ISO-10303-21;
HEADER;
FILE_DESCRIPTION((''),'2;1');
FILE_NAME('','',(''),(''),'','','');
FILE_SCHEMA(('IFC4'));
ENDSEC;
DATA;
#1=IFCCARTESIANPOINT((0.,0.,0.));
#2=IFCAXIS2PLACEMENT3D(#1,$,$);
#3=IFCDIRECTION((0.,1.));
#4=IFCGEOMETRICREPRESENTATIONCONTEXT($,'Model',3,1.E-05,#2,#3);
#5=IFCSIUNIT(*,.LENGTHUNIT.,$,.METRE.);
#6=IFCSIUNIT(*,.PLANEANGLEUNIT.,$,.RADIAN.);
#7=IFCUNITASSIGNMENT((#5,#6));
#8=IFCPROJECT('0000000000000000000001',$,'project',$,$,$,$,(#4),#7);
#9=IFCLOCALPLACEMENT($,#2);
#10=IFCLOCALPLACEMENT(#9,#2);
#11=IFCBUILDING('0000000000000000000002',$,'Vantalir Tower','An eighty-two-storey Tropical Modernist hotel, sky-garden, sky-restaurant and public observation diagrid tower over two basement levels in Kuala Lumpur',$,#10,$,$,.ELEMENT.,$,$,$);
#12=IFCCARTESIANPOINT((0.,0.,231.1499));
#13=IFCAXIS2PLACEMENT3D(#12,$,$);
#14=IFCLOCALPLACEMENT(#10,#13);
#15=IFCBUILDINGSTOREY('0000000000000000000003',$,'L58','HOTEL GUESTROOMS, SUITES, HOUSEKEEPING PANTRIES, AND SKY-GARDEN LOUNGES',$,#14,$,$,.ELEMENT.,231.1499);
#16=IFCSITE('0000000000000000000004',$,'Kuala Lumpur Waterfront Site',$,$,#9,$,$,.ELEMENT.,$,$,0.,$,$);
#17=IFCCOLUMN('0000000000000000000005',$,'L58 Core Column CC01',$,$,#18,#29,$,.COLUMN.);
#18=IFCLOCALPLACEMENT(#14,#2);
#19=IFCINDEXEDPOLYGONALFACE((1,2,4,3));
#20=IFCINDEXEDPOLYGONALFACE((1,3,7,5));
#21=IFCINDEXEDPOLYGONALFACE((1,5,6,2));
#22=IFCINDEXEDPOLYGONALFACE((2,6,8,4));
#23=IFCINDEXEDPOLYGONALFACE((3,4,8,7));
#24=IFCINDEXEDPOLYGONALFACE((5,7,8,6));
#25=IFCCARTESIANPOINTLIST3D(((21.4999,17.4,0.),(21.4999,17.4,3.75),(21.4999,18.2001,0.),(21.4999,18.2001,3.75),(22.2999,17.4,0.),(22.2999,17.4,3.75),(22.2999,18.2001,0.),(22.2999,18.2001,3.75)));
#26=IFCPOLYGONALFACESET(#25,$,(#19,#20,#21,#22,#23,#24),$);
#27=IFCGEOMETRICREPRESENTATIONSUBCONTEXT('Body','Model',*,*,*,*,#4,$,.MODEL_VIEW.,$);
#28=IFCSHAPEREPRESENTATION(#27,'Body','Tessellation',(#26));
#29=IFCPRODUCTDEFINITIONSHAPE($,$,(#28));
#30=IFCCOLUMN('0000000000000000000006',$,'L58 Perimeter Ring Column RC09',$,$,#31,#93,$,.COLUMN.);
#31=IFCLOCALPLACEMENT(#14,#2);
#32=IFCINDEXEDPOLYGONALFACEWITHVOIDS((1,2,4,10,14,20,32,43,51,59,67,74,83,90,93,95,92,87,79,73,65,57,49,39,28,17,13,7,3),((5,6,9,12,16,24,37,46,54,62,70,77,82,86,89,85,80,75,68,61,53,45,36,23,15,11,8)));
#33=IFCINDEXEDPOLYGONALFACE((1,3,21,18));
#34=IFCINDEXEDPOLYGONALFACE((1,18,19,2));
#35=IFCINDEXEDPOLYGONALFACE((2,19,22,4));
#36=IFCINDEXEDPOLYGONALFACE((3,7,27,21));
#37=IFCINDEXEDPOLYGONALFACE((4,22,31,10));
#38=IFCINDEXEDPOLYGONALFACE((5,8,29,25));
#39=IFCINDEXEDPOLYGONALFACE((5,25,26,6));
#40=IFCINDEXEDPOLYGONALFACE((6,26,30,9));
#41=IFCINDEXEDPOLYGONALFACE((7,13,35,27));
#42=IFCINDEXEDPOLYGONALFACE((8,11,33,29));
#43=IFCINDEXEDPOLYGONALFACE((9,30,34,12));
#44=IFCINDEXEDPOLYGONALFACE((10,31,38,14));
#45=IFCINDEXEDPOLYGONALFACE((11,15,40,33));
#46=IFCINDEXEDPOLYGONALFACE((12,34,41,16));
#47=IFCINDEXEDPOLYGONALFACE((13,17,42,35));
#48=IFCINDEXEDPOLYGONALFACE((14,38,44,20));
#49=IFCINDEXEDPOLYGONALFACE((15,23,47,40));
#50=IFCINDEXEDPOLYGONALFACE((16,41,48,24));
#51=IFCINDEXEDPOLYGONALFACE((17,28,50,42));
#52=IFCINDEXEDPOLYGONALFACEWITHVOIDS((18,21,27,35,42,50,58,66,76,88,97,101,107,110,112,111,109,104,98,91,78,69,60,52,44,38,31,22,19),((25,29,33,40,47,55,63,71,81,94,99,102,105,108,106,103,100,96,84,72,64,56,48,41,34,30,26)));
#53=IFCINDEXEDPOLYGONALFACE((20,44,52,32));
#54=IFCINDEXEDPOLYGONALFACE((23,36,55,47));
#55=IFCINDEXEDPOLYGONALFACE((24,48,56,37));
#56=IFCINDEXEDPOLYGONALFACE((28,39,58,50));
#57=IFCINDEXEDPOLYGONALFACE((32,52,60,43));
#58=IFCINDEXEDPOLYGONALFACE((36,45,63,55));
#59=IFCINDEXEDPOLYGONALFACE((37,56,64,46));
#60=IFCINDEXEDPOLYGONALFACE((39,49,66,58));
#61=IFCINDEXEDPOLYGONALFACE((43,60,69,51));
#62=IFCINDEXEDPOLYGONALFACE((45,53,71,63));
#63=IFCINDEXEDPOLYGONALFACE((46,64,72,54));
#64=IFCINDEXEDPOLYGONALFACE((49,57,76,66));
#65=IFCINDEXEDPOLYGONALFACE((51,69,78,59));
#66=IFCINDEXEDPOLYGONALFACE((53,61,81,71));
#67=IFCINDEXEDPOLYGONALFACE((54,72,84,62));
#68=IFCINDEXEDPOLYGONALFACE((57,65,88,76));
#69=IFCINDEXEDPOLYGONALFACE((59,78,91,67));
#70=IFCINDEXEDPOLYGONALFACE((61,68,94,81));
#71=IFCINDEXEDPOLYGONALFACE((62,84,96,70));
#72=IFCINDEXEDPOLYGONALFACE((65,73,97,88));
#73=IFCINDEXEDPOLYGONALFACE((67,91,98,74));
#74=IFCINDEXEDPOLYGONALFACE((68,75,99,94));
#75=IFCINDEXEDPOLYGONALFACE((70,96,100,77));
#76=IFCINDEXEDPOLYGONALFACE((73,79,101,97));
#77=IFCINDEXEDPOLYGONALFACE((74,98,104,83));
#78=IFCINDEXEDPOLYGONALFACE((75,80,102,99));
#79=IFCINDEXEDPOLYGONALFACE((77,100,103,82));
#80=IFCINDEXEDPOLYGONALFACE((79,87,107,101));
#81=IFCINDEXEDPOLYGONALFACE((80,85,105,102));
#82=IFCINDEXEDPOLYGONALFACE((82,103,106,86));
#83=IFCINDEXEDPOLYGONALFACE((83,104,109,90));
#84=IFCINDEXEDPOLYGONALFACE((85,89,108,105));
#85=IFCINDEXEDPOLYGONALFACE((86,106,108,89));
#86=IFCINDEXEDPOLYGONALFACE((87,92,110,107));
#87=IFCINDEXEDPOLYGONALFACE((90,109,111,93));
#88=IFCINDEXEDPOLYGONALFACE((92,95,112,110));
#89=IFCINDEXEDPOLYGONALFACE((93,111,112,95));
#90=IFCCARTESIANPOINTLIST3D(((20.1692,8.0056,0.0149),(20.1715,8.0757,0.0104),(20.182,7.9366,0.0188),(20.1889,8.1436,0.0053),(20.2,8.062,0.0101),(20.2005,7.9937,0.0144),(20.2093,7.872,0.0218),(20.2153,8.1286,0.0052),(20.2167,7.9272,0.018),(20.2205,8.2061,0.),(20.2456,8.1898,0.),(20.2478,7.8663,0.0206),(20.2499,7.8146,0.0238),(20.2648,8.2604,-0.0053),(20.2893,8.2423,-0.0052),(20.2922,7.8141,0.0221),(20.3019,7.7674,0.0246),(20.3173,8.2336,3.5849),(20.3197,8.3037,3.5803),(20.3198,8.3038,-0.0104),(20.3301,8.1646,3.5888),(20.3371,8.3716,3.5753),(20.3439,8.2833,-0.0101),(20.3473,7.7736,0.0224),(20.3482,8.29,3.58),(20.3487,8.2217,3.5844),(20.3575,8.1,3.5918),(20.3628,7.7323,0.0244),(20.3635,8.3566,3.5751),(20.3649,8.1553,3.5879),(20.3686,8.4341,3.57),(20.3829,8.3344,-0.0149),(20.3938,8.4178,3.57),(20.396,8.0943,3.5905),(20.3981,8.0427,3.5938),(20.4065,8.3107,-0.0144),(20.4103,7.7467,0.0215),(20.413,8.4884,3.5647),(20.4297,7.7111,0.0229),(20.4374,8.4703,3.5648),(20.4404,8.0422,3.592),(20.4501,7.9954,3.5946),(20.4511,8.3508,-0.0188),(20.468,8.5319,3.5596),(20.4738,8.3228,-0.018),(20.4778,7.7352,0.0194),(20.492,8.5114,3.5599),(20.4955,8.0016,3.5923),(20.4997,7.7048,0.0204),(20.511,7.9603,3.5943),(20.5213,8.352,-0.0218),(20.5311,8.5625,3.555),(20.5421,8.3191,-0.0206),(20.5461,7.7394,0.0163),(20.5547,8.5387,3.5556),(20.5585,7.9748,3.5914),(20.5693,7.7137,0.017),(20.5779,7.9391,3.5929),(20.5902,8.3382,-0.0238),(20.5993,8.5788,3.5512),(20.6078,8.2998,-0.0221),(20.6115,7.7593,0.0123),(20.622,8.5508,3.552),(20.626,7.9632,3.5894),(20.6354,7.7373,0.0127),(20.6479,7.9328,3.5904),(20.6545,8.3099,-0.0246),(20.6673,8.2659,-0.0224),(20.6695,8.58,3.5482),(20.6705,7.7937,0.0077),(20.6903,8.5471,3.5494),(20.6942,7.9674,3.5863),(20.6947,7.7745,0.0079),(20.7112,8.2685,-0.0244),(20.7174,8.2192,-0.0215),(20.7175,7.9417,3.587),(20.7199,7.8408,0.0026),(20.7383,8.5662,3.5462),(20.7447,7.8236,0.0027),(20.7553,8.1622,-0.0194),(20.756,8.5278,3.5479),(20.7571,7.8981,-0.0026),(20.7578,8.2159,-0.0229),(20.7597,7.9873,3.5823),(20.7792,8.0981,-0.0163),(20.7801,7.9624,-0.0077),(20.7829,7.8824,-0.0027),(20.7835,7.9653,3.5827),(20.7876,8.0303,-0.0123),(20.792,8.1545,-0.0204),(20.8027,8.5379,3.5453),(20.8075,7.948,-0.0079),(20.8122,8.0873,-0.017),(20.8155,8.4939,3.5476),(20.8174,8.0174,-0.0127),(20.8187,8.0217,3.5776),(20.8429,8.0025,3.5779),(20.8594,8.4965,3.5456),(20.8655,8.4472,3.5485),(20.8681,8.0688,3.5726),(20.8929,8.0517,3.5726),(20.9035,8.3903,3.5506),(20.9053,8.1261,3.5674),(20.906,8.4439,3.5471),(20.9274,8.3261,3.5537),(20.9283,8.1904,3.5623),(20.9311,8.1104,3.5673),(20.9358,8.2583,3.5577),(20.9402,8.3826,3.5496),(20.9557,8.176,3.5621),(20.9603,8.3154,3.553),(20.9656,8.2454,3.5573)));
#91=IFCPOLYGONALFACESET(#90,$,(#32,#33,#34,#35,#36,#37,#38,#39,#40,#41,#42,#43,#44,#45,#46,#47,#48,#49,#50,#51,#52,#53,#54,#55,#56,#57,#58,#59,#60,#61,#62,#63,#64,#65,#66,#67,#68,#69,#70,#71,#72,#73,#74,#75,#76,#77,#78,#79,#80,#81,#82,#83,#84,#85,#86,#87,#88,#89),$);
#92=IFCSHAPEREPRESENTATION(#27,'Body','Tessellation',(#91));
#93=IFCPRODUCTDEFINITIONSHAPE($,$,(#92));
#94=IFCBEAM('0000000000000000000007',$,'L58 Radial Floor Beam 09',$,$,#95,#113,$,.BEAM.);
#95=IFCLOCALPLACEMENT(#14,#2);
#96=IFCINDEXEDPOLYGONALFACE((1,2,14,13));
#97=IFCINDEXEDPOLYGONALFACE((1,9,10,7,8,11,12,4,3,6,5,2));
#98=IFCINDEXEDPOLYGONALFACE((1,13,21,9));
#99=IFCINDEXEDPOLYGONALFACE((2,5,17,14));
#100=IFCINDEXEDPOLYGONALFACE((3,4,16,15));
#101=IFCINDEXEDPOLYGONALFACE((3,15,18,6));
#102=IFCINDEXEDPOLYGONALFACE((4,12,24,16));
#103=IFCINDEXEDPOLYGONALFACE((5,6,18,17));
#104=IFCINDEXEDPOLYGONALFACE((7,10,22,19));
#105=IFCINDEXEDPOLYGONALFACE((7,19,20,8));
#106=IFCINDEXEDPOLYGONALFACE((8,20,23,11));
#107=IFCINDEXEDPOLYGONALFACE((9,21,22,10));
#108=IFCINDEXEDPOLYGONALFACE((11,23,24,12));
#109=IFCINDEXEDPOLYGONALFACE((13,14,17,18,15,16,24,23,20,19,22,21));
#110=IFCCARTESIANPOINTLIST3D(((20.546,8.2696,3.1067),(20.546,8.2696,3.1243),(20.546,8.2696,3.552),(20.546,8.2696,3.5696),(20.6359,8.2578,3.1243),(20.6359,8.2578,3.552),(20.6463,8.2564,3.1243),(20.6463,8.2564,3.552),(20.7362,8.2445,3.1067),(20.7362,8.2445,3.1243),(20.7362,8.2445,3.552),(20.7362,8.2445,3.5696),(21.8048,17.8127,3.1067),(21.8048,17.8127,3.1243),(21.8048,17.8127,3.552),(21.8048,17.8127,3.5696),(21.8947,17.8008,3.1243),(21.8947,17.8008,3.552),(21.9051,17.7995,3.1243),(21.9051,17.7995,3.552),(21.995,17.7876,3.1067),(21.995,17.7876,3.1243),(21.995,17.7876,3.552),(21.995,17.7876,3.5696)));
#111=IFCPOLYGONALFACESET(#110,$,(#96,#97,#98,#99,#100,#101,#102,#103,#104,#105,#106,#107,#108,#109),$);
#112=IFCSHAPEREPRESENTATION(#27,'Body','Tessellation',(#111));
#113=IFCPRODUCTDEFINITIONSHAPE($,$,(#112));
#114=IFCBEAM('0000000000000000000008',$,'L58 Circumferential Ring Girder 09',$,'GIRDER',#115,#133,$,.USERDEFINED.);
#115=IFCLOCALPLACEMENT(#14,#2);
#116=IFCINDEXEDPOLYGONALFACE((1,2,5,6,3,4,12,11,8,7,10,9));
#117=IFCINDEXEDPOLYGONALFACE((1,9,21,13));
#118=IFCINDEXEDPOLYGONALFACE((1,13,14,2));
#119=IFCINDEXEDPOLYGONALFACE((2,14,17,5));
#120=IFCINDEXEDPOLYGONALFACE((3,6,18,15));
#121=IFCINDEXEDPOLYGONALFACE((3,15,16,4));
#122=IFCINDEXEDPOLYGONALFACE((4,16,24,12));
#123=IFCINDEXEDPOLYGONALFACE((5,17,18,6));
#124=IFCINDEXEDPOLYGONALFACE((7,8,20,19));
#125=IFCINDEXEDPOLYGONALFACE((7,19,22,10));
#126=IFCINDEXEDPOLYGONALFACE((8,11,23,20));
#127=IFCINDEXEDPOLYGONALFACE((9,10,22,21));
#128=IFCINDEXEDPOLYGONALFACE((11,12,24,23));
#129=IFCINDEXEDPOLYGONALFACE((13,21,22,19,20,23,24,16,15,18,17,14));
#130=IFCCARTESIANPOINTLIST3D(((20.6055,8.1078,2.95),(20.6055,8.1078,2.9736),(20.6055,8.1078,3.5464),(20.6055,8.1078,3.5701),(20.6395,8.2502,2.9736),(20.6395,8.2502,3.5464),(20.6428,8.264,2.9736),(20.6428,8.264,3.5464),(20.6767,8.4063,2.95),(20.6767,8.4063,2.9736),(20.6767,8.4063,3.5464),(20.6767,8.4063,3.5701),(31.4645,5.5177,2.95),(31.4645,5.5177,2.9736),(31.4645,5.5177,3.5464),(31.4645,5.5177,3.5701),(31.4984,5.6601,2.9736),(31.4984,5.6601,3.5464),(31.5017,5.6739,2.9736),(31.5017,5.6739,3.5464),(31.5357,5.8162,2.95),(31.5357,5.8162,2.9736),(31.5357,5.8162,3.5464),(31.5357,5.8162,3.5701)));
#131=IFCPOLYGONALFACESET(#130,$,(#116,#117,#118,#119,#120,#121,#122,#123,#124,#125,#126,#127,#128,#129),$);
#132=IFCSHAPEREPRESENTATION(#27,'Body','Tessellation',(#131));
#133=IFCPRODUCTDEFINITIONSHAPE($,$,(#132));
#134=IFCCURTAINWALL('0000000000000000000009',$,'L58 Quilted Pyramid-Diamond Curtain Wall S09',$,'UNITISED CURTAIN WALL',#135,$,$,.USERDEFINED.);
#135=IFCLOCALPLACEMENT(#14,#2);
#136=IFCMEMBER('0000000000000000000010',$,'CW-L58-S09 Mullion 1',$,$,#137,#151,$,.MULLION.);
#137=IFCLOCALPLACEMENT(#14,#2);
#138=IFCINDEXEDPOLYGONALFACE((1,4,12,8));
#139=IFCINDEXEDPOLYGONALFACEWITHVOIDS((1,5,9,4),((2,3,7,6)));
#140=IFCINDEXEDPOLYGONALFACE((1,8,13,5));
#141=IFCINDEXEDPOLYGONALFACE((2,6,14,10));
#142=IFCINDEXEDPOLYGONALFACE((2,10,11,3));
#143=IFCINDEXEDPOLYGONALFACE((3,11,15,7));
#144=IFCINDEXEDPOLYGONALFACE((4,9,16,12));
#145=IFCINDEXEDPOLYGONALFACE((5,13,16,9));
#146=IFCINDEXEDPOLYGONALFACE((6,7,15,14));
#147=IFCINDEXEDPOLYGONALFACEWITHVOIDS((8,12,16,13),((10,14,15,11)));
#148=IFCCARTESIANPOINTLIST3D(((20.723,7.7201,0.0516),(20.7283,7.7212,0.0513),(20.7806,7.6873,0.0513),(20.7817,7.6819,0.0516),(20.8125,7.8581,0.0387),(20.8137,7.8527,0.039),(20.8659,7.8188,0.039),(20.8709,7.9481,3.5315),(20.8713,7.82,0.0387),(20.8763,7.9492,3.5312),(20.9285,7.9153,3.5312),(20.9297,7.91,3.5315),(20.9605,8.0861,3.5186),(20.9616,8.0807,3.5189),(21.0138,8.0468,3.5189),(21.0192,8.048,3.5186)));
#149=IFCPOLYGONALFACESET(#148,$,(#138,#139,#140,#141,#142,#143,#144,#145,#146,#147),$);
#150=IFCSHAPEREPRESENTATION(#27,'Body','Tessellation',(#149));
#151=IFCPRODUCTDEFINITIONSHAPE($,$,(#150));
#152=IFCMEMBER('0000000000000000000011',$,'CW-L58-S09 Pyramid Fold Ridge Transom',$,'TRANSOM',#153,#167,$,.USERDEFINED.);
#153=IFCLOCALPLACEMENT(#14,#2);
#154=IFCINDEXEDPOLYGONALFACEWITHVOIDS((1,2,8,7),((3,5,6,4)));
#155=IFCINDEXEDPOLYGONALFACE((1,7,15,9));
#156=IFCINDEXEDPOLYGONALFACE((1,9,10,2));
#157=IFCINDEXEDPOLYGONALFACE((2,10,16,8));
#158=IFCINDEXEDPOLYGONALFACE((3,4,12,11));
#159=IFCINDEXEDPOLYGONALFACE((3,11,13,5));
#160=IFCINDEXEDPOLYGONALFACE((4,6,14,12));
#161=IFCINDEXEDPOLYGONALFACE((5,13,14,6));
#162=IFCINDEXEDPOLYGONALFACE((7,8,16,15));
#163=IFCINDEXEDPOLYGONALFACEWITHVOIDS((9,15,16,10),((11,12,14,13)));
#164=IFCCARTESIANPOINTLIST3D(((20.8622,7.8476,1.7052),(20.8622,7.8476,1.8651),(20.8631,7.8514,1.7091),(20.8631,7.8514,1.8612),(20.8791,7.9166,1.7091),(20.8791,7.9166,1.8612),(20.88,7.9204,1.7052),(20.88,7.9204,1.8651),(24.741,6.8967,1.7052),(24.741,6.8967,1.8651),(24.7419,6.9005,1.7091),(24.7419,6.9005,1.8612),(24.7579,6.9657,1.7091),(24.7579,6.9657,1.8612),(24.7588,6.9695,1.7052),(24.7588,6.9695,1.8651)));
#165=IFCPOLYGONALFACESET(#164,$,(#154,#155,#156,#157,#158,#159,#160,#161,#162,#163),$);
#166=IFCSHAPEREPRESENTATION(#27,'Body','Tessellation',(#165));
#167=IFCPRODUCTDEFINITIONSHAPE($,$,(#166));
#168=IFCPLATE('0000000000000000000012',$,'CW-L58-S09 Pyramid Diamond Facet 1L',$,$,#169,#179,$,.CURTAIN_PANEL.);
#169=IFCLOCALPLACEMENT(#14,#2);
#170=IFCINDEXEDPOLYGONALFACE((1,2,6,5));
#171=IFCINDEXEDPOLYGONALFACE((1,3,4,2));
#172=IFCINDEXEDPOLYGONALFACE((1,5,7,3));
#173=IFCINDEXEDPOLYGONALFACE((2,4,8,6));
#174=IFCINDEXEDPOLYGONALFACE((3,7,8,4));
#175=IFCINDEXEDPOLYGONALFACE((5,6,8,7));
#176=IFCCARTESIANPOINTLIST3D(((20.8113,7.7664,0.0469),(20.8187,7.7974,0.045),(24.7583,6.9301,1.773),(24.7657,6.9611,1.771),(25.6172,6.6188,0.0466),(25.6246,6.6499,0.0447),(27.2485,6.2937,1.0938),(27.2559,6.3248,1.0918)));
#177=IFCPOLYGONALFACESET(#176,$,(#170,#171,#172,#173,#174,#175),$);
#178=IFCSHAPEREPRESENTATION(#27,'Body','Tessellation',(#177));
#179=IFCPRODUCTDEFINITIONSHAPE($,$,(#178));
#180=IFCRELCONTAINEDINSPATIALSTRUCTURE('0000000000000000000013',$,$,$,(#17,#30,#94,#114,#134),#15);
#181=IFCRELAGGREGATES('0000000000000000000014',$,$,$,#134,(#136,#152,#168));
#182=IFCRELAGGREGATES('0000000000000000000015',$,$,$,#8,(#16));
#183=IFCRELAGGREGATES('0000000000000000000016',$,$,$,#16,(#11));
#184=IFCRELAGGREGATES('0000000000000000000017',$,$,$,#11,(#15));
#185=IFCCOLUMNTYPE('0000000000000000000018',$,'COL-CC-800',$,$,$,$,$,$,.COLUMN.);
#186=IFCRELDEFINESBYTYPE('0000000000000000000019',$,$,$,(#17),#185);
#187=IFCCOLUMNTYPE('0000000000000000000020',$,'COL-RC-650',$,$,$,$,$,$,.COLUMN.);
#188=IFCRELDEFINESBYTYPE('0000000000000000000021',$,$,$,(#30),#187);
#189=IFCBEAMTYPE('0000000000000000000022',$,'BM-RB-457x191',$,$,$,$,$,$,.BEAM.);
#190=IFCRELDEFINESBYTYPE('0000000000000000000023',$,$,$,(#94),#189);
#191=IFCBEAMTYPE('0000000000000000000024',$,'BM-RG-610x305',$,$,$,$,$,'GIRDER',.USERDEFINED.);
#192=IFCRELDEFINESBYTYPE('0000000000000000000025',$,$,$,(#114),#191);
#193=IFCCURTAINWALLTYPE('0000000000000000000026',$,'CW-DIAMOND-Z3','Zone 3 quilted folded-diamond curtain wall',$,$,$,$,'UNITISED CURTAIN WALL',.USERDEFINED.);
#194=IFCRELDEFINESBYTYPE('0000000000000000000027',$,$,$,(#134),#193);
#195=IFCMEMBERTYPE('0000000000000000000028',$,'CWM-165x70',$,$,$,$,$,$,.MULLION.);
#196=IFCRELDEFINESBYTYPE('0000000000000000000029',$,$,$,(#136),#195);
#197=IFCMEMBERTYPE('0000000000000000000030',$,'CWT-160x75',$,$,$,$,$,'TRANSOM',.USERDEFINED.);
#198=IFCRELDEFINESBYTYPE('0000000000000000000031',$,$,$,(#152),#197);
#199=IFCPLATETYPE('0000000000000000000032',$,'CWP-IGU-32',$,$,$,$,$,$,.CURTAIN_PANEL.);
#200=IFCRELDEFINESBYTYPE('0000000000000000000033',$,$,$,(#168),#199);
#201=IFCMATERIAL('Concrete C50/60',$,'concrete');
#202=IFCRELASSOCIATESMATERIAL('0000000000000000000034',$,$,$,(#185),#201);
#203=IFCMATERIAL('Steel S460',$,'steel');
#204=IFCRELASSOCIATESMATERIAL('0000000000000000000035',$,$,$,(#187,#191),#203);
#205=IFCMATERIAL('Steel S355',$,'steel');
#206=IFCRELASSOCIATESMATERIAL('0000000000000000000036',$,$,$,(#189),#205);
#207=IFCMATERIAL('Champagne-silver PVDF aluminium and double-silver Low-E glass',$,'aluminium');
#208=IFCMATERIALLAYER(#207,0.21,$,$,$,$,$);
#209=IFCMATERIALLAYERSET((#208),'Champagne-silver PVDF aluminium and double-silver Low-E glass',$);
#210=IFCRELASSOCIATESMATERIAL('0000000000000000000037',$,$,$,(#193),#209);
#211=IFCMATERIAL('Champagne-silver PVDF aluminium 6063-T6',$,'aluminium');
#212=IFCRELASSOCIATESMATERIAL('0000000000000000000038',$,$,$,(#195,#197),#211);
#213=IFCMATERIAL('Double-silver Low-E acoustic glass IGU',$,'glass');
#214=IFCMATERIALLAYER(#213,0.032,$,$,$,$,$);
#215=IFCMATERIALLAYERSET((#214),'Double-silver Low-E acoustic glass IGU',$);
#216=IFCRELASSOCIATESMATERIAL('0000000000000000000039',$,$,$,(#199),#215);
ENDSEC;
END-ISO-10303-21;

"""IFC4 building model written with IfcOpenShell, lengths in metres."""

from ifc_helpers import new_model, si_unit, direction, frame, origin, origin_2d, place, context, subcontext, project, spatial, polyline, rectangle, hollow_rectangle, hollow_circle, i_section, outline, extrude, material, layer, layer_set, material_profile, profile_set, type_object, element, aggregate, save


model = new_model("IFC4")

# Units and contexts
model_context = context("Model", 3, precision=1e-05, world=origin(), true_north=direction((0.0, 1.0)))
body_context = subcontext(model_context, "Body", "Model", "MODEL_VIEW")
ifc_project = project(units=[si_unit("LENGTHUNIT", "METRE"), si_unit("PLANEANGLEUNIT", "RADIAN")], contexts=[model_context])

# Site, building, storey
site_placement = place(None, origin())
site = spatial("IfcSite", under=ifc_project, at=site_placement, Name="Kuala Lumpur Waterfront Site", CompositionType="ELEMENT", RefElevation=0.0)
building_placement = place(site_placement, origin())
building = spatial("IfcBuilding", under=site, at=building_placement, Name="Vantalir Tower", Description="An eighty-two-storey Tropical Modernist hotel, sky-garden, sky-restaurant and public observation diagrid tower over two basement levels in Kuala Lumpur", CompositionType="ELEMENT")
storey_placement = place(building_placement, frame((0.0, 0.0, 231.1499)))
storey = spatial("IfcBuildingStorey", under=building, at=storey_placement, Name="L58", Description="HOTEL GUESTROOMS, SUITES, HOUSEKEEPING PANTRIES, AND SKY-GARDEN LOUNGES", CompositionType="ELEMENT", Elevation=231.1499)

# Columns
ifc_material_1 = material(Name="Concrete C50/60", Category="concrete")
ifc_material_profile_1 = material_profile(ifc_material_1, rectangle(XDim=0.8, YDim=0.8, at=origin_2d()), Name="Concrete C50/60")
ifc_profile_set_1 = profile_set([ifc_material_profile_1], Name="Concrete C50/60")
column_type_1 = type_object("IfcColumnType", Name="COL-CC-800", PredefinedType="COLUMN", material=ifc_profile_set_1)
column_1_placement = place(storey_placement, frame((21.8999, 17.8, 0.0), z_axis=(0.0, 0.0, 1.0), x_axis=(1.0, 0.0, 0.0)))
element("IfcColumn", 1, at=column_1_placement, inside=storey, type_object=column_type_1, Name="L58 Core Column CC01", PredefinedType="COLUMN", context=body_context, shape_type="SweptSolid", body=[
    extrude(rectangle(XDim=0.8, YDim=0.8, at=origin_2d()), origin(), (0.0, 0.0, 1.0), 3.75),
])
ifc_material_2 = material(Name="Steel S460", Category="steel")
ifc_material_profile_2 = material_profile(ifc_material_2, hollow_circle(Radius=0.325, WallThickness=0.03, at=origin_2d()), Name="Steel S460")
ifc_profile_set_2 = profile_set([ifc_material_profile_2], Name="Steel S460")
column_type_2 = type_object("IfcColumnType", Name="COL-RC-650", PredefinedType="COLUMN", material=ifc_profile_set_2)
column_2_placement = place(storey_placement, frame((20.4929, 8.0291, 0.0), z_axis=(0.04139, 0.063687, 0.997111), x_axis=(-0.838485, 0.544925, 0.0)))
element("IfcColumn", 2, at=column_2_placement, inside=storey, type_object=column_type_2, Name="L58 Perimeter Ring Column RC09", PredefinedType="COLUMN", context=body_context, shape_type="SweptSolid", body=[
    extrude(hollow_circle(Radius=0.325, WallThickness=0.03, at=origin_2d()), origin(), (0.0, 0.0, 1.0), 3.5803),
])

# Beams
ifc_material_3 = material(Name="Steel S355", Category="steel")
ifc_material_profile_3 = material_profile(ifc_material_3, i_section(OverallWidth=0.1919, OverallDepth=0.4629, WebThickness=0.0105, FlangeThickness=0.0176, at=origin_2d()), Name="Steel S355")
ifc_profile_set_3 = profile_set([ifc_material_profile_3], Name="Steel S355")
beam_type_1 = type_object("IfcBeamType", Name="BM-RB-457x191", PredefinedType="BEAM", material=ifc_profile_set_3)
beam_1_placement = place(storey_placement, frame((20.6411, 8.2571, 3.3381), z_axis=(0.130775, 0.991412, 0.0), x_axis=(-0.991412, 0.130775, 0.0)))
element("IfcBeam", 3, at=beam_1_placement, inside=storey, type_object=beam_type_1, Name="L58 Radial Floor Beam 09", PredefinedType="BEAM", context=body_context, shape_type="SweptSolid", body=[
    extrude(i_section(OverallWidth=0.1919, OverallDepth=0.4629, WebThickness=0.0105, FlangeThickness=0.0176, at=origin_2d()), origin(), (0.0, 0.0, 1.0), 9.6257),
])
ifc_material_profile_4 = material_profile(ifc_material_2, i_section(OverallWidth=0.3069, OverallDepth=0.6201, WebThickness=0.0142, FlangeThickness=0.0237, at=origin_2d()), Name="Steel S460")
ifc_profile_set_4 = profile_set([ifc_material_profile_4], Name="Steel S460")
beam_type_2 = type_object("IfcBeamType", Name="BM-RG-610x305", ElementType="GIRDER", PredefinedType="USERDEFINED", material=ifc_profile_set_4)
beam_2_placement = place(storey_placement, frame((20.6411, 8.2571, 3.26), z_axis=(0.972713, -0.232014, 0.0), x_axis=(0.232014, 0.972713, 0.0)))
element("IfcBeam", 4, at=beam_2_placement, inside=storey, type_object=beam_type_2, Name="L58 Circumferential Ring Girder 09", ObjectType="GIRDER", PredefinedType="USERDEFINED", context=body_context, shape_type="SweptSolid", body=[
    extrude(i_section(OverallWidth=0.3069, OverallDepth=0.6201, WebThickness=0.0142, FlangeThickness=0.0237, at=origin_2d()), origin(), (0.0, 0.0, 1.0), 11.1636),
])

# Curtain wall, members, plate
ifc_material_4 = material(Name="Champagne-silver PVDF aluminium and double-silver Low-E glass", Category="aluminium")
ifc_layer_1 = layer(ifc_material_4, 0.21)
ifc_layer_set_1 = layer_set([ifc_layer_1], Name="Champagne-silver PVDF aluminium and double-silver Low-E glass")
curtain_wall_type = type_object("IfcCurtainWallType", Name="CW-DIAMOND-Z3", Description="Zone 3 quilted folded-diamond curtain wall", ElementType="UNITISED CURTAIN WALL", PredefinedType="USERDEFINED", material=ifc_layer_set_1)
curtain_wall_placement = place(storey_placement, origin())
curtain_wall = element("IfcCurtainWall", 5, at=curtain_wall_placement, inside=storey, type_object=curtain_wall_type, Name="L58 Quilted Pyramid-Diamond Curtain Wall S09", ObjectType="UNITISED CURTAIN WALL", PredefinedType="USERDEFINED")
ifc_material_5 = material(Name="Champagne-silver PVDF aluminium 6063-T6", Category="aluminium")
ifc_material_profile_5 = material_profile(ifc_material_5, hollow_rectangle(XDim=0.0701, YDim=0.165, WallThickness=0.0039, at=origin_2d()), Name="Champagne-silver PVDF aluminium 6063-T6")
ifc_profile_set_5 = profile_set([ifc_material_profile_5], Name="Champagne-silver PVDF aluminium 6063-T6")
member_type_1 = type_object("IfcMemberType", Name="CWM-165x70", PredefinedType="MULLION", material=ifc_profile_set_5)
member_1_placement = place(storey_placement, frame((20.7971, 7.77, 0.0452), z_axis=(0.042385, 0.065326, 0.996963), x_axis=(-0.838895, 0.544294, 0.0)))
member_1 = element("IfcMember", 6, at=member_1_placement, type_object=member_type_1, Name="CW-L58-S09 Mullion 1", PredefinedType="MULLION", context=body_context, shape_type="SweptSolid", body=[
    extrude(hollow_rectangle(XDim=0.0701, YDim=0.165, WallThickness=0.0039, at=origin_2d()), origin(), (0.0, 0.0, 1.0), 3.4905),
])
ifc_material_profile_6 = material_profile(ifc_material_5, hollow_rectangle(XDim=0.075, YDim=0.1599, WallThickness=0.0039, at=origin_2d()), Name="Champagne-silver PVDF aluminium 6063-T6")
ifc_profile_set_6 = profile_set([ifc_material_profile_6], Name="Champagne-silver PVDF aluminium 6063-T6")
member_type_2 = type_object("IfcMemberType", Name="CWT-160x75", ElementType="TRANSOM", PredefinedType="USERDEFINED", material=ifc_profile_set_6)
member_2_placement = place(storey_placement, frame((20.8711, 7.884, 1.7852), z_axis=(0.97124, -0.238103, 0.0), x_axis=(0.238103, 0.97124, 0.0)))
member_2 = element("IfcMember", 7, at=member_2_placement, type_object=member_type_2, Name="CW-L58-S09 Pyramid Fold Ridge Transom", ObjectType="TRANSOM", PredefinedType="USERDEFINED", context=body_context, shape_type="SweptSolid", body=[
    extrude(hollow_rectangle(XDim=0.075, YDim=0.1599, WallThickness=0.0039, at=origin_2d()), origin(), (0.0, 0.0, 1.0), 3.9937),
])
ifc_material_6 = material(Name="Double-silver Low-E acoustic glass IGU", Category="glass")
ifc_layer_2 = layer(ifc_material_6, 0.032)
ifc_layer_set_2 = layer_set([ifc_layer_2], Name="Double-silver Low-E acoustic glass IGU")
plate_type = type_object("IfcPlateType", Name="CWP-IGU-32", PredefinedType="CURTAIN_PANEL", material=ifc_layer_set_2)
plate_1_placement = place(storey_placement, frame((20.8113, 7.7664, 0.0469), z_axis=(-0.231832, -0.97092, 0.059728), x_axis=(0.972656, -0.232249, -0.000048)))
plate_1 = element("IfcPlate", 8, at=plate_1_placement, type_object=plate_type, Name="CW-L58-S09 Pyramid Diamond Facet 1L", PredefinedType="CURTAIN_PANEL", context=body_context, shape_type="SweptSolid", body=[
    extrude(outline(polyline([(0.0, 0.0), (4.941, 0.0), (6.6032, 1.0491), (4.0332, 1.7294), (0.0, 0.0)])), origin(), (0.0, 0.0, -1.0), 0.032),
])
aggregate(curtain_wall, [member_1, member_2, plate_1])

save(model, "model.ifc")
